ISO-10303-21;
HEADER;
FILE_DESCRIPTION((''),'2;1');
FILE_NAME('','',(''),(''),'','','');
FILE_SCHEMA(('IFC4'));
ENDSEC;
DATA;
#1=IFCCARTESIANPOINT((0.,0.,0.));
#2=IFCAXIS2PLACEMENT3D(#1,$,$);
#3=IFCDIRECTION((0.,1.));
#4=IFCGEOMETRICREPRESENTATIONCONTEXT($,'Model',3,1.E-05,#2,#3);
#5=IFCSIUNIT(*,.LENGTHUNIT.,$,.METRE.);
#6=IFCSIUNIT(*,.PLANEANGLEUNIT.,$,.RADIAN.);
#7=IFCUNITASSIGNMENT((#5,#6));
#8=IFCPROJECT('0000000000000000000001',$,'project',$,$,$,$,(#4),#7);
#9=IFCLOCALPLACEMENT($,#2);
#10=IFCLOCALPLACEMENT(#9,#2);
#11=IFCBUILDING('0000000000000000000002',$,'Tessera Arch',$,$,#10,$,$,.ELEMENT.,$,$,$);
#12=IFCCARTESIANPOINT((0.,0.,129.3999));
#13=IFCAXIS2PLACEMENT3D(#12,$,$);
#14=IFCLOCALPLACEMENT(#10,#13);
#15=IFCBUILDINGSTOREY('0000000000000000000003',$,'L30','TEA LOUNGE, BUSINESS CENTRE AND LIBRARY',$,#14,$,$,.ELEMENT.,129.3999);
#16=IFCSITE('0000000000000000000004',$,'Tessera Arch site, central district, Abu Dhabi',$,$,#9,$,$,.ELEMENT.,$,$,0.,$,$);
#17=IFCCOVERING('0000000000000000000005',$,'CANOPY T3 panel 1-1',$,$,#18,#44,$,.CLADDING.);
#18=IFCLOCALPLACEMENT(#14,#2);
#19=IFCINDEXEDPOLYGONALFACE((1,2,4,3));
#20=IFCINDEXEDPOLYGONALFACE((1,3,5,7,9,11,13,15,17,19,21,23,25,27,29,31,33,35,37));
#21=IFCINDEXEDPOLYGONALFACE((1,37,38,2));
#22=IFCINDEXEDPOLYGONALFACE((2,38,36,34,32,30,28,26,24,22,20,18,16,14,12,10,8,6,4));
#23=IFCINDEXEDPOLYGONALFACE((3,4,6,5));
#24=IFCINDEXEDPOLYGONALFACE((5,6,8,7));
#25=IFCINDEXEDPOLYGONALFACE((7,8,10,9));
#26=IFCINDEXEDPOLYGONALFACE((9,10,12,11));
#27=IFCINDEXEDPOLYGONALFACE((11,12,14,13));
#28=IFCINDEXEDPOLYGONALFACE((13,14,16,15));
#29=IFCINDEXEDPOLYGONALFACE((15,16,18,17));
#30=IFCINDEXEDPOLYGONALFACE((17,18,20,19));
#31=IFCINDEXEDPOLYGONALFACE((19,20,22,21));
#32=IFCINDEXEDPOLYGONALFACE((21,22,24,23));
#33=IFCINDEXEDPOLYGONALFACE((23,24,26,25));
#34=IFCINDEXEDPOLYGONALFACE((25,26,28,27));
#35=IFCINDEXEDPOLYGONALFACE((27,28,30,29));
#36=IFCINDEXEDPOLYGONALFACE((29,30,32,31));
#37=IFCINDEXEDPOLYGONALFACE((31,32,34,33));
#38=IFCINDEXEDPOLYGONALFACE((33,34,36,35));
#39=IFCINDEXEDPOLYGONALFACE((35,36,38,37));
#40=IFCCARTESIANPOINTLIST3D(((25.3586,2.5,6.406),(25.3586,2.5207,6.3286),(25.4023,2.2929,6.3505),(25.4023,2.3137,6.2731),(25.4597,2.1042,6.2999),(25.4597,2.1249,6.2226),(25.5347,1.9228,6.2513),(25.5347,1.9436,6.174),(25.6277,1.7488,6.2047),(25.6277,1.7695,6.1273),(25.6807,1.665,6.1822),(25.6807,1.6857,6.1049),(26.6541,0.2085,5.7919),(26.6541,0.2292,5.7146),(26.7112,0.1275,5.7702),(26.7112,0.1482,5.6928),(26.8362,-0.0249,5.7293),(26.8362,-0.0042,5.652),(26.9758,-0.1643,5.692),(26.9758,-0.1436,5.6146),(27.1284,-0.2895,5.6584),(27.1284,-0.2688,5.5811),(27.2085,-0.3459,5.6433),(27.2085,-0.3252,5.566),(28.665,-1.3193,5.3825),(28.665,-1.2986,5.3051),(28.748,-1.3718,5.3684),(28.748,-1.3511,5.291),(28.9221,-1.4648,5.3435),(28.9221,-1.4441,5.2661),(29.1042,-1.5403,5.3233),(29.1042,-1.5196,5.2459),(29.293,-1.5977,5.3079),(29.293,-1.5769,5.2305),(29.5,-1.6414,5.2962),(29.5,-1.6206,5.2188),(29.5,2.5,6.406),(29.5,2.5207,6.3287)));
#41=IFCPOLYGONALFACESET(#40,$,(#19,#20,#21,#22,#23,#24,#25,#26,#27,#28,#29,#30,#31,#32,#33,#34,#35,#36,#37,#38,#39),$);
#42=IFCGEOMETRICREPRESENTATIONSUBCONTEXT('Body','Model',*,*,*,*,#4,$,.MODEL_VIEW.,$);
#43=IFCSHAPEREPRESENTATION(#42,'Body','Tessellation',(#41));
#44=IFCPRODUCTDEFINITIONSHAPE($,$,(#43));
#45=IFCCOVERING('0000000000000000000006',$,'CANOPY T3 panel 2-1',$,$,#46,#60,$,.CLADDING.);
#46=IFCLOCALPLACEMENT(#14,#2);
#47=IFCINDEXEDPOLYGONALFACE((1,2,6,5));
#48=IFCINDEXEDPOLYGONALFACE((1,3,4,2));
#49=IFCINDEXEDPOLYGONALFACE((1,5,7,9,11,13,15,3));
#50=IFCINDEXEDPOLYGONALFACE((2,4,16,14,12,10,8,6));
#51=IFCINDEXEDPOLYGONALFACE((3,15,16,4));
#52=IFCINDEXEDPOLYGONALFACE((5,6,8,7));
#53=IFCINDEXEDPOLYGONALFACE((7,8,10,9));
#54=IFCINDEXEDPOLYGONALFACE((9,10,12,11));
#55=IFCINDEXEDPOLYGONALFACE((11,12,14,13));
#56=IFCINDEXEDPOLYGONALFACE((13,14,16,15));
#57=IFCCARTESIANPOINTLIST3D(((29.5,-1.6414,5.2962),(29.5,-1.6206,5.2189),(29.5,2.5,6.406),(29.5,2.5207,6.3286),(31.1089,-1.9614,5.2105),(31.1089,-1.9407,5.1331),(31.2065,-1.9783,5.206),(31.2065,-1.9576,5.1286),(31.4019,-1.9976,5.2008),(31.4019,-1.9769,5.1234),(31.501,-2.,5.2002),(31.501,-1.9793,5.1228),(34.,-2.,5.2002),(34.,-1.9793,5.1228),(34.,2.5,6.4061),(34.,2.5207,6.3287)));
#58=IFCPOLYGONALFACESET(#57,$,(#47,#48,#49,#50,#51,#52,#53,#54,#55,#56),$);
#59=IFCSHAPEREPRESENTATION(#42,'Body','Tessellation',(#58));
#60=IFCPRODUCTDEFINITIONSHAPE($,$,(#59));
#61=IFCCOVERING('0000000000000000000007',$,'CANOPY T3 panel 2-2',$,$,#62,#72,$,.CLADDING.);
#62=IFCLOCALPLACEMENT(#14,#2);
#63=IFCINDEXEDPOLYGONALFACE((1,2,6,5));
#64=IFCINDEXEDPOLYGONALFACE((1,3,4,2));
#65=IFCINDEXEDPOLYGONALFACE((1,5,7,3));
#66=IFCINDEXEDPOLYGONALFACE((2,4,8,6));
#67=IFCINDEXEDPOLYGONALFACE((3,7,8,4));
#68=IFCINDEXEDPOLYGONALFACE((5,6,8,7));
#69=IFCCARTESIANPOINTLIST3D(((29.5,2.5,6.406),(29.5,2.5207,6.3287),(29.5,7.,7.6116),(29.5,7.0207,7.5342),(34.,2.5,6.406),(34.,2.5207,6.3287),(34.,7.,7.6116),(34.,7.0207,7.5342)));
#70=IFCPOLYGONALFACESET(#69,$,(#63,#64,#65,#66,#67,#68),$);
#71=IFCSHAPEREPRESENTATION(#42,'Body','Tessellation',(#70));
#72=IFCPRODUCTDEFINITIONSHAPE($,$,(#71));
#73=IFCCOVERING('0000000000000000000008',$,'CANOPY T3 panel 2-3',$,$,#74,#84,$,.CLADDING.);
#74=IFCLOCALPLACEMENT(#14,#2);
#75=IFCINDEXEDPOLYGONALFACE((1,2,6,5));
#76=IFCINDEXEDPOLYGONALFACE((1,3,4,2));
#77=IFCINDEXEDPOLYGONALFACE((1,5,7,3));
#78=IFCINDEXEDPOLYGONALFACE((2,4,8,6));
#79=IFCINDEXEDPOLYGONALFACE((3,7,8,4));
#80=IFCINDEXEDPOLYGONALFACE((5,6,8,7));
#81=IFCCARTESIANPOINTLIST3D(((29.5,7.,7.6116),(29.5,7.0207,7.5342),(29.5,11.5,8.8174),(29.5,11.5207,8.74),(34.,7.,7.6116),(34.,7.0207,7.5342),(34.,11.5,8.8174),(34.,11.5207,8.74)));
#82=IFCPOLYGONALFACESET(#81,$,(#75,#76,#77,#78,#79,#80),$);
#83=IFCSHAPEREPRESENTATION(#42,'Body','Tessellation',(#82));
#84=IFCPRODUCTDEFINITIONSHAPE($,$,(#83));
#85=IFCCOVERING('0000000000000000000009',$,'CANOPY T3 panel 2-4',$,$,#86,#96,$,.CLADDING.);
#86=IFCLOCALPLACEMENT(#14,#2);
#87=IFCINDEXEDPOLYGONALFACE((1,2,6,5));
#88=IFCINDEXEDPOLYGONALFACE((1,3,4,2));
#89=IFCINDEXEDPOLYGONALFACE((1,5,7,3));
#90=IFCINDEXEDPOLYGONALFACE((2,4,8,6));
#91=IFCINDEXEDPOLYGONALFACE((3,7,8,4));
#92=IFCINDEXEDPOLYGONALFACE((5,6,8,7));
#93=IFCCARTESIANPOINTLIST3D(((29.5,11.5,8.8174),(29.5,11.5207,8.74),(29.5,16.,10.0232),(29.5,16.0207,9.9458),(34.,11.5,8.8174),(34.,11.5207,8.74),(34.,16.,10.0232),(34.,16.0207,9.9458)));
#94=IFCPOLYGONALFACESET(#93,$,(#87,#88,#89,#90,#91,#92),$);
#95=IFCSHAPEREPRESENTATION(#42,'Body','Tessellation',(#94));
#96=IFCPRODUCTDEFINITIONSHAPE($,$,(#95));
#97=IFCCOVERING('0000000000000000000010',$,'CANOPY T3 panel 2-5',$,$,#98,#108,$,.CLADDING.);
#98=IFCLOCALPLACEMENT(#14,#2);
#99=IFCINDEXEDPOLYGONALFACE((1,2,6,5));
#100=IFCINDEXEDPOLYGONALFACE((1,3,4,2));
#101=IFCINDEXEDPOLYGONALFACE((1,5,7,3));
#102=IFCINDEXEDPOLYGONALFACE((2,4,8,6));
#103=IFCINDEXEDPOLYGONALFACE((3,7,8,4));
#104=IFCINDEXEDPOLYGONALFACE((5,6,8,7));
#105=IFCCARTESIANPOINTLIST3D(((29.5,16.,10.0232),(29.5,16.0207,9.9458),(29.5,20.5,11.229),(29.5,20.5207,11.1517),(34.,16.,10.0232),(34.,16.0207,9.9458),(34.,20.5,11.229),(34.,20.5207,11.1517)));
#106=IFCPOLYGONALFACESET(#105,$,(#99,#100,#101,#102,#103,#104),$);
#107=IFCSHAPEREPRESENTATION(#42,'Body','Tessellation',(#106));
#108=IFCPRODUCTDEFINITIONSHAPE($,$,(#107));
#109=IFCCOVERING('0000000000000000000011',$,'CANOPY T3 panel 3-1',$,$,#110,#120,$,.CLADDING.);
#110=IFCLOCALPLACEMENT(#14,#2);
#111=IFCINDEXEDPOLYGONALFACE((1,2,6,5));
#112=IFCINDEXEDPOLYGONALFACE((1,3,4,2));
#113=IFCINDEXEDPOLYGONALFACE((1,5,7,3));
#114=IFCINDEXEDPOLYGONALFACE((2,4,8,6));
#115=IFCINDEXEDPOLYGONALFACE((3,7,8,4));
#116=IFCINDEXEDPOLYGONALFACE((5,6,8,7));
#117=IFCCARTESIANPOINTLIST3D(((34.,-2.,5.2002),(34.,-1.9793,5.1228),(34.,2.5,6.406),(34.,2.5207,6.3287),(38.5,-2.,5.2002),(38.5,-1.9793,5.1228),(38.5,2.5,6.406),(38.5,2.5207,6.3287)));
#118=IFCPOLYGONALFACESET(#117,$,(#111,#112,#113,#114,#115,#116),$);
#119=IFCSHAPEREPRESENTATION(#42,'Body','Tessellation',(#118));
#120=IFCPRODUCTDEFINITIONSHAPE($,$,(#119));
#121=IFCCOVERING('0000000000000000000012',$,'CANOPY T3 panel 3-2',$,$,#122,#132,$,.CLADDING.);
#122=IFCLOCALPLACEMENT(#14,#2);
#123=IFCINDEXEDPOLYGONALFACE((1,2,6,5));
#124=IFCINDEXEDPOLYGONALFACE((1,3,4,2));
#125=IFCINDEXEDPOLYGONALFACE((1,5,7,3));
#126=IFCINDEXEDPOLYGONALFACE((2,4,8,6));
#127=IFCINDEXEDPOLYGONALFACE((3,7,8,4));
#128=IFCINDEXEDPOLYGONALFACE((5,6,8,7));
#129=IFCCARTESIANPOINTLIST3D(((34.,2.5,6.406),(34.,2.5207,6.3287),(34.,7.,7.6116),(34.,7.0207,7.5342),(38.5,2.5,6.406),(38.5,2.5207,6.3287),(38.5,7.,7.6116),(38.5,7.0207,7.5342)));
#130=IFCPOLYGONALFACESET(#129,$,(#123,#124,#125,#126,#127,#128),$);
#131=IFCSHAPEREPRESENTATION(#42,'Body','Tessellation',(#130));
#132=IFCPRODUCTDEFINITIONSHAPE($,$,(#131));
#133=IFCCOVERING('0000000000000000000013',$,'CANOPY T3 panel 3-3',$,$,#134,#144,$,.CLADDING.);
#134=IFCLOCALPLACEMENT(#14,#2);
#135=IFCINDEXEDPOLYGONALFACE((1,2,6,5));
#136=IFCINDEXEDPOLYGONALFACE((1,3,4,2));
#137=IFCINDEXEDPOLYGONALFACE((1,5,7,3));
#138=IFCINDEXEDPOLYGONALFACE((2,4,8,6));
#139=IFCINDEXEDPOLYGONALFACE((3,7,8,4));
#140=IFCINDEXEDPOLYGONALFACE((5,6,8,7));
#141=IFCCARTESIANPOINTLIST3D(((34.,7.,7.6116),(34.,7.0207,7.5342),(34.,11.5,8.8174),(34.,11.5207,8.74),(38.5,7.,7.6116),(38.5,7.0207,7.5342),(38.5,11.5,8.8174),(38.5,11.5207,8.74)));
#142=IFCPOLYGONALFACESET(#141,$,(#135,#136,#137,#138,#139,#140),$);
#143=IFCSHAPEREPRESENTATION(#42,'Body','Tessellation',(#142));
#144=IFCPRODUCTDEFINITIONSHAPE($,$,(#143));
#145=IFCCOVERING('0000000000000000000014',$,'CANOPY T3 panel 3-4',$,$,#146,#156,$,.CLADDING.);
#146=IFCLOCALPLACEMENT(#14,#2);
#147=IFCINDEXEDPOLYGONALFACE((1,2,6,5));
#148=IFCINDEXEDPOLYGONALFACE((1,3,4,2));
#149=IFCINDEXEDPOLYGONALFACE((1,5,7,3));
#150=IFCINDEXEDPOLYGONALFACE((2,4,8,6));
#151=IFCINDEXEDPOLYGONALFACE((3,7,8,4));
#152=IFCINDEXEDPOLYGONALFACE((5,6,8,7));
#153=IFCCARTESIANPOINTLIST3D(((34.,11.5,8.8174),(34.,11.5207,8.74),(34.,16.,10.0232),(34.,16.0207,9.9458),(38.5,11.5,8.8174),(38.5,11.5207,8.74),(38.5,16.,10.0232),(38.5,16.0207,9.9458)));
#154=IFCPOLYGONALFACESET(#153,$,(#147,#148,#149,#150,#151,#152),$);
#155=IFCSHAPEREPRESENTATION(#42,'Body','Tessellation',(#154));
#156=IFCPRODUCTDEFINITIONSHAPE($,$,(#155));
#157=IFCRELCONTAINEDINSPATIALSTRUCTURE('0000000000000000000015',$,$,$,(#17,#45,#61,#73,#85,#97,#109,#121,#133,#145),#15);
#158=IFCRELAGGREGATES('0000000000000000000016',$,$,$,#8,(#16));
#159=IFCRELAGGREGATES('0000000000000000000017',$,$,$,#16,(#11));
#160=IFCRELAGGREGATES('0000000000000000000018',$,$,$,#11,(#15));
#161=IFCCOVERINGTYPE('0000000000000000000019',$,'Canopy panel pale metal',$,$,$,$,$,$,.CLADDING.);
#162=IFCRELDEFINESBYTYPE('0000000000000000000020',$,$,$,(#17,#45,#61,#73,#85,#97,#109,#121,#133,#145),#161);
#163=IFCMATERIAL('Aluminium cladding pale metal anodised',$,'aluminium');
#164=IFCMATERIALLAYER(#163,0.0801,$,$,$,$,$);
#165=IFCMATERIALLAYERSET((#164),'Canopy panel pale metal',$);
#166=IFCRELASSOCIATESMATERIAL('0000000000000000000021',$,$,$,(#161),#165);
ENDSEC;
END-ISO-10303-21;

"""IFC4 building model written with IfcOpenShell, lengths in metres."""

from ifc_helpers import new_model, si_unit, direction, frame, origin, place, context, subcontext, project, spatial, polyline, outline, extrude, material, layer, layer_set, type_object, element, save


model = new_model("IFC4")

# Units and contexts
model_context = context("Model", 3, precision=1e-05, world=origin(), true_north=direction((0.0, 1.0)))
body_context = subcontext(model_context, "Body", "Model", "MODEL_VIEW")
ifc_project = project(units=[si_unit("LENGTHUNIT", "METRE"), si_unit("PLANEANGLEUNIT", "RADIAN")], contexts=[model_context])

# Site, building, storey
site_placement = place(None, origin())
site = spatial("IfcSite", under=ifc_project, at=site_placement, Name="Tessera Arch site, central district, Abu Dhabi", CompositionType="ELEMENT", RefElevation=0.0)
building_placement = place(site_placement, origin())
building = spatial("IfcBuilding", under=site, at=building_placement, Name="Tessera Arch", CompositionType="ELEMENT")
storey_placement = place(building_placement, frame((0.0, 0.0, 129.3999)))
storey = spatial("IfcBuildingStorey", under=building, at=storey_placement, Name="L30", Description="TEA LOUNGE, BUSINESS CENTRE AND LIBRARY", CompositionType="ELEMENT", Elevation=129.3999)

# Coverings
ifc_material_1 = material(Name="Aluminium cladding pale metal anodised", Category="aluminium")
ifc_layer_1 = layer(ifc_material_1, 0.0801)
ifc_layer_set_1 = layer_set([ifc_layer_1], Name="Canopy panel pale metal")
covering_type_1 = type_object("IfcCoveringType", Name="Canopy panel pale metal", PredefinedType="CLADDING", material=ifc_layer_set_1)
covering_1_placement = place(storey_placement, frame((29.5, 2.5, 6.406), z_axis=(-0.000004, -0.258855, 0.965916), x_axis=(-1.0, 0.000001, -0.000003)))
element("IfcCovering", 1, at=covering_1_placement, inside=storey, type_object=covering_type_1, Name="CANOPY T3 panel 1-1", PredefinedType="CLADDING", context=body_context, shape_type="SweptSolid", body=[
    extrude(outline(polyline([(0.0, 0.0), (4.1414, 0.0), (4.0977, 0.2144), (4.0403, 0.4098), (3.9653, 0.5975), (3.8723, 0.7778), (3.8193, 0.8645), (2.8459, 2.3723), (2.7888, 2.4563), (2.6638, 2.614), (2.5242, 2.7583), (2.3716, 2.888), (2.2915, 2.9464), (0.835, 3.9541), (0.752, 4.0084), (0.5779, 4.1047), (0.3958, 4.1829), (0.207, 4.2423), (0.0, 4.2875), (0.0, 0.0)])), origin(), (0.0, 0.0, -1.0), 0.0801),
])
covering_2_placement = place(storey_placement, frame((34.0, -2.0, 5.2002), z_axis=(-0.000018, -0.258838, 0.965921), x_axis=(0.0, 0.965921, 0.258838)))
element("IfcCovering", 2, at=covering_2_placement, inside=storey, type_object=covering_type_1, Name="CANOPY T3 panel 2-1", PredefinedType="CLADDING", context=body_context, shape_type="SweptSolid", body=[
    extrude(outline(polyline([(0.0, 0.0), (4.6588, 0.0), (4.6588, 4.5), (0.3713, 4.5), (0.0399, 2.8911), (0.0224, 2.7935), (0.0025, 2.5981), (0.0, 2.499), (0.0, 0.0)])), origin(), (0.0, 0.0, -1.0), 0.0801),
])
covering_3_placement = place(storey_placement, frame((34.0, 2.5, 6.406), z_axis=(0.0, -0.258778, 0.965937), x_axis=(0.0, 0.965937, 0.258778)))
element("IfcCovering", 3, at=covering_3_placement, inside=storey, type_object=covering_type_1, Name="CANOPY T3 panel 2-2", PredefinedType="CLADDING", context=body_context, shape_type="SweptSolid", body=[
    extrude(outline(polyline([(0.0, 0.0), (4.6587, 0.0), (4.6587, 4.5), (0.0, 4.5), (0.0, 0.0)])), origin(), (0.0, 0.0, -1.0), 0.0801),
])
for number, where, z_axis, x_axis, name in (
    (4, (34.0, 7.0, 7.6116), (0.0, -0.258827, 0.965924), (0.0, 0.965924, 0.258827), "CANOPY T3 panel 2-3"),
    (5, (34.0, 11.5, 8.8174), (0.0, -0.258827, 0.965924), (0.0, 0.965924, 0.258827), "CANOPY T3 panel 2-4"),
    (6, (34.0, 16.0, 10.0232), (0.0, -0.258827, 0.965924), (0.0, 0.965924, 0.258827), "CANOPY T3 panel 2-5"),
    (7, (38.5, -2.0, 5.2002), (0.0, -0.258827, 0.965924), (0.0, 0.965924, 0.258827), "CANOPY T3 panel 3-1"),
):
    element("IfcCovering", number, at=place(storey_placement, frame(where, z_axis=z_axis, x_axis=x_axis)), inside=storey, type_object=covering_type_1, Name=name, PredefinedType="CLADDING", context=body_context, shape_type="SweptSolid", body=[
        extrude(outline(polyline([(0.0, 0.0), (4.6588, 0.0), (4.6588, 4.5), (0.0, 4.5), (0.0, 0.0)])), origin(), (0.0, 0.0, -1.0), 0.0801),
    ])
covering_4_placement = place(storey_placement, frame((38.5, 2.5, 6.406), z_axis=(0.0, -0.258778, 0.965937), x_axis=(0.0, 0.965937, 0.258778)))
element("IfcCovering", 8, at=covering_4_placement, inside=storey, type_object=covering_type_1, Name="CANOPY T3 panel 3-2", PredefinedType="CLADDING", context=body_context, shape_type="SweptSolid", body=[
    extrude(outline(polyline([(0.0, 0.0), (4.6587, 0.0), (4.6587, 4.5), (0.0, 4.5), (0.0, 0.0)])), origin(), (0.0, 0.0, -1.0), 0.0801),
])
for number, where, z_axis, x_axis, name in (
    (9, (38.5, 7.0, 7.6116), (0.0, -0.258827, 0.965924), (0.0, 0.965924, 0.258827), "CANOPY T3 panel 3-3"),
    (10, (38.5, 11.5, 8.8174), (0.0, -0.258827, 0.965924), (0.0, 0.965924, 0.258827), "CANOPY T3 panel 3-4"),
):
    element("IfcCovering", number, at=place(storey_placement, frame(where, z_axis=z_axis, x_axis=x_axis)), inside=storey, type_object=covering_type_1, Name=name, PredefinedType="CLADDING", context=body_context, shape_type="SweptSolid", body=[
        extrude(outline(polyline([(0.0, 0.0), (4.6588, 0.0), (4.6588, 4.5), (0.0, 4.5), (0.0, 0.0)])), origin(), (0.0, 0.0, -1.0), 0.0801),
    ])

save(model, "model.ifc")
